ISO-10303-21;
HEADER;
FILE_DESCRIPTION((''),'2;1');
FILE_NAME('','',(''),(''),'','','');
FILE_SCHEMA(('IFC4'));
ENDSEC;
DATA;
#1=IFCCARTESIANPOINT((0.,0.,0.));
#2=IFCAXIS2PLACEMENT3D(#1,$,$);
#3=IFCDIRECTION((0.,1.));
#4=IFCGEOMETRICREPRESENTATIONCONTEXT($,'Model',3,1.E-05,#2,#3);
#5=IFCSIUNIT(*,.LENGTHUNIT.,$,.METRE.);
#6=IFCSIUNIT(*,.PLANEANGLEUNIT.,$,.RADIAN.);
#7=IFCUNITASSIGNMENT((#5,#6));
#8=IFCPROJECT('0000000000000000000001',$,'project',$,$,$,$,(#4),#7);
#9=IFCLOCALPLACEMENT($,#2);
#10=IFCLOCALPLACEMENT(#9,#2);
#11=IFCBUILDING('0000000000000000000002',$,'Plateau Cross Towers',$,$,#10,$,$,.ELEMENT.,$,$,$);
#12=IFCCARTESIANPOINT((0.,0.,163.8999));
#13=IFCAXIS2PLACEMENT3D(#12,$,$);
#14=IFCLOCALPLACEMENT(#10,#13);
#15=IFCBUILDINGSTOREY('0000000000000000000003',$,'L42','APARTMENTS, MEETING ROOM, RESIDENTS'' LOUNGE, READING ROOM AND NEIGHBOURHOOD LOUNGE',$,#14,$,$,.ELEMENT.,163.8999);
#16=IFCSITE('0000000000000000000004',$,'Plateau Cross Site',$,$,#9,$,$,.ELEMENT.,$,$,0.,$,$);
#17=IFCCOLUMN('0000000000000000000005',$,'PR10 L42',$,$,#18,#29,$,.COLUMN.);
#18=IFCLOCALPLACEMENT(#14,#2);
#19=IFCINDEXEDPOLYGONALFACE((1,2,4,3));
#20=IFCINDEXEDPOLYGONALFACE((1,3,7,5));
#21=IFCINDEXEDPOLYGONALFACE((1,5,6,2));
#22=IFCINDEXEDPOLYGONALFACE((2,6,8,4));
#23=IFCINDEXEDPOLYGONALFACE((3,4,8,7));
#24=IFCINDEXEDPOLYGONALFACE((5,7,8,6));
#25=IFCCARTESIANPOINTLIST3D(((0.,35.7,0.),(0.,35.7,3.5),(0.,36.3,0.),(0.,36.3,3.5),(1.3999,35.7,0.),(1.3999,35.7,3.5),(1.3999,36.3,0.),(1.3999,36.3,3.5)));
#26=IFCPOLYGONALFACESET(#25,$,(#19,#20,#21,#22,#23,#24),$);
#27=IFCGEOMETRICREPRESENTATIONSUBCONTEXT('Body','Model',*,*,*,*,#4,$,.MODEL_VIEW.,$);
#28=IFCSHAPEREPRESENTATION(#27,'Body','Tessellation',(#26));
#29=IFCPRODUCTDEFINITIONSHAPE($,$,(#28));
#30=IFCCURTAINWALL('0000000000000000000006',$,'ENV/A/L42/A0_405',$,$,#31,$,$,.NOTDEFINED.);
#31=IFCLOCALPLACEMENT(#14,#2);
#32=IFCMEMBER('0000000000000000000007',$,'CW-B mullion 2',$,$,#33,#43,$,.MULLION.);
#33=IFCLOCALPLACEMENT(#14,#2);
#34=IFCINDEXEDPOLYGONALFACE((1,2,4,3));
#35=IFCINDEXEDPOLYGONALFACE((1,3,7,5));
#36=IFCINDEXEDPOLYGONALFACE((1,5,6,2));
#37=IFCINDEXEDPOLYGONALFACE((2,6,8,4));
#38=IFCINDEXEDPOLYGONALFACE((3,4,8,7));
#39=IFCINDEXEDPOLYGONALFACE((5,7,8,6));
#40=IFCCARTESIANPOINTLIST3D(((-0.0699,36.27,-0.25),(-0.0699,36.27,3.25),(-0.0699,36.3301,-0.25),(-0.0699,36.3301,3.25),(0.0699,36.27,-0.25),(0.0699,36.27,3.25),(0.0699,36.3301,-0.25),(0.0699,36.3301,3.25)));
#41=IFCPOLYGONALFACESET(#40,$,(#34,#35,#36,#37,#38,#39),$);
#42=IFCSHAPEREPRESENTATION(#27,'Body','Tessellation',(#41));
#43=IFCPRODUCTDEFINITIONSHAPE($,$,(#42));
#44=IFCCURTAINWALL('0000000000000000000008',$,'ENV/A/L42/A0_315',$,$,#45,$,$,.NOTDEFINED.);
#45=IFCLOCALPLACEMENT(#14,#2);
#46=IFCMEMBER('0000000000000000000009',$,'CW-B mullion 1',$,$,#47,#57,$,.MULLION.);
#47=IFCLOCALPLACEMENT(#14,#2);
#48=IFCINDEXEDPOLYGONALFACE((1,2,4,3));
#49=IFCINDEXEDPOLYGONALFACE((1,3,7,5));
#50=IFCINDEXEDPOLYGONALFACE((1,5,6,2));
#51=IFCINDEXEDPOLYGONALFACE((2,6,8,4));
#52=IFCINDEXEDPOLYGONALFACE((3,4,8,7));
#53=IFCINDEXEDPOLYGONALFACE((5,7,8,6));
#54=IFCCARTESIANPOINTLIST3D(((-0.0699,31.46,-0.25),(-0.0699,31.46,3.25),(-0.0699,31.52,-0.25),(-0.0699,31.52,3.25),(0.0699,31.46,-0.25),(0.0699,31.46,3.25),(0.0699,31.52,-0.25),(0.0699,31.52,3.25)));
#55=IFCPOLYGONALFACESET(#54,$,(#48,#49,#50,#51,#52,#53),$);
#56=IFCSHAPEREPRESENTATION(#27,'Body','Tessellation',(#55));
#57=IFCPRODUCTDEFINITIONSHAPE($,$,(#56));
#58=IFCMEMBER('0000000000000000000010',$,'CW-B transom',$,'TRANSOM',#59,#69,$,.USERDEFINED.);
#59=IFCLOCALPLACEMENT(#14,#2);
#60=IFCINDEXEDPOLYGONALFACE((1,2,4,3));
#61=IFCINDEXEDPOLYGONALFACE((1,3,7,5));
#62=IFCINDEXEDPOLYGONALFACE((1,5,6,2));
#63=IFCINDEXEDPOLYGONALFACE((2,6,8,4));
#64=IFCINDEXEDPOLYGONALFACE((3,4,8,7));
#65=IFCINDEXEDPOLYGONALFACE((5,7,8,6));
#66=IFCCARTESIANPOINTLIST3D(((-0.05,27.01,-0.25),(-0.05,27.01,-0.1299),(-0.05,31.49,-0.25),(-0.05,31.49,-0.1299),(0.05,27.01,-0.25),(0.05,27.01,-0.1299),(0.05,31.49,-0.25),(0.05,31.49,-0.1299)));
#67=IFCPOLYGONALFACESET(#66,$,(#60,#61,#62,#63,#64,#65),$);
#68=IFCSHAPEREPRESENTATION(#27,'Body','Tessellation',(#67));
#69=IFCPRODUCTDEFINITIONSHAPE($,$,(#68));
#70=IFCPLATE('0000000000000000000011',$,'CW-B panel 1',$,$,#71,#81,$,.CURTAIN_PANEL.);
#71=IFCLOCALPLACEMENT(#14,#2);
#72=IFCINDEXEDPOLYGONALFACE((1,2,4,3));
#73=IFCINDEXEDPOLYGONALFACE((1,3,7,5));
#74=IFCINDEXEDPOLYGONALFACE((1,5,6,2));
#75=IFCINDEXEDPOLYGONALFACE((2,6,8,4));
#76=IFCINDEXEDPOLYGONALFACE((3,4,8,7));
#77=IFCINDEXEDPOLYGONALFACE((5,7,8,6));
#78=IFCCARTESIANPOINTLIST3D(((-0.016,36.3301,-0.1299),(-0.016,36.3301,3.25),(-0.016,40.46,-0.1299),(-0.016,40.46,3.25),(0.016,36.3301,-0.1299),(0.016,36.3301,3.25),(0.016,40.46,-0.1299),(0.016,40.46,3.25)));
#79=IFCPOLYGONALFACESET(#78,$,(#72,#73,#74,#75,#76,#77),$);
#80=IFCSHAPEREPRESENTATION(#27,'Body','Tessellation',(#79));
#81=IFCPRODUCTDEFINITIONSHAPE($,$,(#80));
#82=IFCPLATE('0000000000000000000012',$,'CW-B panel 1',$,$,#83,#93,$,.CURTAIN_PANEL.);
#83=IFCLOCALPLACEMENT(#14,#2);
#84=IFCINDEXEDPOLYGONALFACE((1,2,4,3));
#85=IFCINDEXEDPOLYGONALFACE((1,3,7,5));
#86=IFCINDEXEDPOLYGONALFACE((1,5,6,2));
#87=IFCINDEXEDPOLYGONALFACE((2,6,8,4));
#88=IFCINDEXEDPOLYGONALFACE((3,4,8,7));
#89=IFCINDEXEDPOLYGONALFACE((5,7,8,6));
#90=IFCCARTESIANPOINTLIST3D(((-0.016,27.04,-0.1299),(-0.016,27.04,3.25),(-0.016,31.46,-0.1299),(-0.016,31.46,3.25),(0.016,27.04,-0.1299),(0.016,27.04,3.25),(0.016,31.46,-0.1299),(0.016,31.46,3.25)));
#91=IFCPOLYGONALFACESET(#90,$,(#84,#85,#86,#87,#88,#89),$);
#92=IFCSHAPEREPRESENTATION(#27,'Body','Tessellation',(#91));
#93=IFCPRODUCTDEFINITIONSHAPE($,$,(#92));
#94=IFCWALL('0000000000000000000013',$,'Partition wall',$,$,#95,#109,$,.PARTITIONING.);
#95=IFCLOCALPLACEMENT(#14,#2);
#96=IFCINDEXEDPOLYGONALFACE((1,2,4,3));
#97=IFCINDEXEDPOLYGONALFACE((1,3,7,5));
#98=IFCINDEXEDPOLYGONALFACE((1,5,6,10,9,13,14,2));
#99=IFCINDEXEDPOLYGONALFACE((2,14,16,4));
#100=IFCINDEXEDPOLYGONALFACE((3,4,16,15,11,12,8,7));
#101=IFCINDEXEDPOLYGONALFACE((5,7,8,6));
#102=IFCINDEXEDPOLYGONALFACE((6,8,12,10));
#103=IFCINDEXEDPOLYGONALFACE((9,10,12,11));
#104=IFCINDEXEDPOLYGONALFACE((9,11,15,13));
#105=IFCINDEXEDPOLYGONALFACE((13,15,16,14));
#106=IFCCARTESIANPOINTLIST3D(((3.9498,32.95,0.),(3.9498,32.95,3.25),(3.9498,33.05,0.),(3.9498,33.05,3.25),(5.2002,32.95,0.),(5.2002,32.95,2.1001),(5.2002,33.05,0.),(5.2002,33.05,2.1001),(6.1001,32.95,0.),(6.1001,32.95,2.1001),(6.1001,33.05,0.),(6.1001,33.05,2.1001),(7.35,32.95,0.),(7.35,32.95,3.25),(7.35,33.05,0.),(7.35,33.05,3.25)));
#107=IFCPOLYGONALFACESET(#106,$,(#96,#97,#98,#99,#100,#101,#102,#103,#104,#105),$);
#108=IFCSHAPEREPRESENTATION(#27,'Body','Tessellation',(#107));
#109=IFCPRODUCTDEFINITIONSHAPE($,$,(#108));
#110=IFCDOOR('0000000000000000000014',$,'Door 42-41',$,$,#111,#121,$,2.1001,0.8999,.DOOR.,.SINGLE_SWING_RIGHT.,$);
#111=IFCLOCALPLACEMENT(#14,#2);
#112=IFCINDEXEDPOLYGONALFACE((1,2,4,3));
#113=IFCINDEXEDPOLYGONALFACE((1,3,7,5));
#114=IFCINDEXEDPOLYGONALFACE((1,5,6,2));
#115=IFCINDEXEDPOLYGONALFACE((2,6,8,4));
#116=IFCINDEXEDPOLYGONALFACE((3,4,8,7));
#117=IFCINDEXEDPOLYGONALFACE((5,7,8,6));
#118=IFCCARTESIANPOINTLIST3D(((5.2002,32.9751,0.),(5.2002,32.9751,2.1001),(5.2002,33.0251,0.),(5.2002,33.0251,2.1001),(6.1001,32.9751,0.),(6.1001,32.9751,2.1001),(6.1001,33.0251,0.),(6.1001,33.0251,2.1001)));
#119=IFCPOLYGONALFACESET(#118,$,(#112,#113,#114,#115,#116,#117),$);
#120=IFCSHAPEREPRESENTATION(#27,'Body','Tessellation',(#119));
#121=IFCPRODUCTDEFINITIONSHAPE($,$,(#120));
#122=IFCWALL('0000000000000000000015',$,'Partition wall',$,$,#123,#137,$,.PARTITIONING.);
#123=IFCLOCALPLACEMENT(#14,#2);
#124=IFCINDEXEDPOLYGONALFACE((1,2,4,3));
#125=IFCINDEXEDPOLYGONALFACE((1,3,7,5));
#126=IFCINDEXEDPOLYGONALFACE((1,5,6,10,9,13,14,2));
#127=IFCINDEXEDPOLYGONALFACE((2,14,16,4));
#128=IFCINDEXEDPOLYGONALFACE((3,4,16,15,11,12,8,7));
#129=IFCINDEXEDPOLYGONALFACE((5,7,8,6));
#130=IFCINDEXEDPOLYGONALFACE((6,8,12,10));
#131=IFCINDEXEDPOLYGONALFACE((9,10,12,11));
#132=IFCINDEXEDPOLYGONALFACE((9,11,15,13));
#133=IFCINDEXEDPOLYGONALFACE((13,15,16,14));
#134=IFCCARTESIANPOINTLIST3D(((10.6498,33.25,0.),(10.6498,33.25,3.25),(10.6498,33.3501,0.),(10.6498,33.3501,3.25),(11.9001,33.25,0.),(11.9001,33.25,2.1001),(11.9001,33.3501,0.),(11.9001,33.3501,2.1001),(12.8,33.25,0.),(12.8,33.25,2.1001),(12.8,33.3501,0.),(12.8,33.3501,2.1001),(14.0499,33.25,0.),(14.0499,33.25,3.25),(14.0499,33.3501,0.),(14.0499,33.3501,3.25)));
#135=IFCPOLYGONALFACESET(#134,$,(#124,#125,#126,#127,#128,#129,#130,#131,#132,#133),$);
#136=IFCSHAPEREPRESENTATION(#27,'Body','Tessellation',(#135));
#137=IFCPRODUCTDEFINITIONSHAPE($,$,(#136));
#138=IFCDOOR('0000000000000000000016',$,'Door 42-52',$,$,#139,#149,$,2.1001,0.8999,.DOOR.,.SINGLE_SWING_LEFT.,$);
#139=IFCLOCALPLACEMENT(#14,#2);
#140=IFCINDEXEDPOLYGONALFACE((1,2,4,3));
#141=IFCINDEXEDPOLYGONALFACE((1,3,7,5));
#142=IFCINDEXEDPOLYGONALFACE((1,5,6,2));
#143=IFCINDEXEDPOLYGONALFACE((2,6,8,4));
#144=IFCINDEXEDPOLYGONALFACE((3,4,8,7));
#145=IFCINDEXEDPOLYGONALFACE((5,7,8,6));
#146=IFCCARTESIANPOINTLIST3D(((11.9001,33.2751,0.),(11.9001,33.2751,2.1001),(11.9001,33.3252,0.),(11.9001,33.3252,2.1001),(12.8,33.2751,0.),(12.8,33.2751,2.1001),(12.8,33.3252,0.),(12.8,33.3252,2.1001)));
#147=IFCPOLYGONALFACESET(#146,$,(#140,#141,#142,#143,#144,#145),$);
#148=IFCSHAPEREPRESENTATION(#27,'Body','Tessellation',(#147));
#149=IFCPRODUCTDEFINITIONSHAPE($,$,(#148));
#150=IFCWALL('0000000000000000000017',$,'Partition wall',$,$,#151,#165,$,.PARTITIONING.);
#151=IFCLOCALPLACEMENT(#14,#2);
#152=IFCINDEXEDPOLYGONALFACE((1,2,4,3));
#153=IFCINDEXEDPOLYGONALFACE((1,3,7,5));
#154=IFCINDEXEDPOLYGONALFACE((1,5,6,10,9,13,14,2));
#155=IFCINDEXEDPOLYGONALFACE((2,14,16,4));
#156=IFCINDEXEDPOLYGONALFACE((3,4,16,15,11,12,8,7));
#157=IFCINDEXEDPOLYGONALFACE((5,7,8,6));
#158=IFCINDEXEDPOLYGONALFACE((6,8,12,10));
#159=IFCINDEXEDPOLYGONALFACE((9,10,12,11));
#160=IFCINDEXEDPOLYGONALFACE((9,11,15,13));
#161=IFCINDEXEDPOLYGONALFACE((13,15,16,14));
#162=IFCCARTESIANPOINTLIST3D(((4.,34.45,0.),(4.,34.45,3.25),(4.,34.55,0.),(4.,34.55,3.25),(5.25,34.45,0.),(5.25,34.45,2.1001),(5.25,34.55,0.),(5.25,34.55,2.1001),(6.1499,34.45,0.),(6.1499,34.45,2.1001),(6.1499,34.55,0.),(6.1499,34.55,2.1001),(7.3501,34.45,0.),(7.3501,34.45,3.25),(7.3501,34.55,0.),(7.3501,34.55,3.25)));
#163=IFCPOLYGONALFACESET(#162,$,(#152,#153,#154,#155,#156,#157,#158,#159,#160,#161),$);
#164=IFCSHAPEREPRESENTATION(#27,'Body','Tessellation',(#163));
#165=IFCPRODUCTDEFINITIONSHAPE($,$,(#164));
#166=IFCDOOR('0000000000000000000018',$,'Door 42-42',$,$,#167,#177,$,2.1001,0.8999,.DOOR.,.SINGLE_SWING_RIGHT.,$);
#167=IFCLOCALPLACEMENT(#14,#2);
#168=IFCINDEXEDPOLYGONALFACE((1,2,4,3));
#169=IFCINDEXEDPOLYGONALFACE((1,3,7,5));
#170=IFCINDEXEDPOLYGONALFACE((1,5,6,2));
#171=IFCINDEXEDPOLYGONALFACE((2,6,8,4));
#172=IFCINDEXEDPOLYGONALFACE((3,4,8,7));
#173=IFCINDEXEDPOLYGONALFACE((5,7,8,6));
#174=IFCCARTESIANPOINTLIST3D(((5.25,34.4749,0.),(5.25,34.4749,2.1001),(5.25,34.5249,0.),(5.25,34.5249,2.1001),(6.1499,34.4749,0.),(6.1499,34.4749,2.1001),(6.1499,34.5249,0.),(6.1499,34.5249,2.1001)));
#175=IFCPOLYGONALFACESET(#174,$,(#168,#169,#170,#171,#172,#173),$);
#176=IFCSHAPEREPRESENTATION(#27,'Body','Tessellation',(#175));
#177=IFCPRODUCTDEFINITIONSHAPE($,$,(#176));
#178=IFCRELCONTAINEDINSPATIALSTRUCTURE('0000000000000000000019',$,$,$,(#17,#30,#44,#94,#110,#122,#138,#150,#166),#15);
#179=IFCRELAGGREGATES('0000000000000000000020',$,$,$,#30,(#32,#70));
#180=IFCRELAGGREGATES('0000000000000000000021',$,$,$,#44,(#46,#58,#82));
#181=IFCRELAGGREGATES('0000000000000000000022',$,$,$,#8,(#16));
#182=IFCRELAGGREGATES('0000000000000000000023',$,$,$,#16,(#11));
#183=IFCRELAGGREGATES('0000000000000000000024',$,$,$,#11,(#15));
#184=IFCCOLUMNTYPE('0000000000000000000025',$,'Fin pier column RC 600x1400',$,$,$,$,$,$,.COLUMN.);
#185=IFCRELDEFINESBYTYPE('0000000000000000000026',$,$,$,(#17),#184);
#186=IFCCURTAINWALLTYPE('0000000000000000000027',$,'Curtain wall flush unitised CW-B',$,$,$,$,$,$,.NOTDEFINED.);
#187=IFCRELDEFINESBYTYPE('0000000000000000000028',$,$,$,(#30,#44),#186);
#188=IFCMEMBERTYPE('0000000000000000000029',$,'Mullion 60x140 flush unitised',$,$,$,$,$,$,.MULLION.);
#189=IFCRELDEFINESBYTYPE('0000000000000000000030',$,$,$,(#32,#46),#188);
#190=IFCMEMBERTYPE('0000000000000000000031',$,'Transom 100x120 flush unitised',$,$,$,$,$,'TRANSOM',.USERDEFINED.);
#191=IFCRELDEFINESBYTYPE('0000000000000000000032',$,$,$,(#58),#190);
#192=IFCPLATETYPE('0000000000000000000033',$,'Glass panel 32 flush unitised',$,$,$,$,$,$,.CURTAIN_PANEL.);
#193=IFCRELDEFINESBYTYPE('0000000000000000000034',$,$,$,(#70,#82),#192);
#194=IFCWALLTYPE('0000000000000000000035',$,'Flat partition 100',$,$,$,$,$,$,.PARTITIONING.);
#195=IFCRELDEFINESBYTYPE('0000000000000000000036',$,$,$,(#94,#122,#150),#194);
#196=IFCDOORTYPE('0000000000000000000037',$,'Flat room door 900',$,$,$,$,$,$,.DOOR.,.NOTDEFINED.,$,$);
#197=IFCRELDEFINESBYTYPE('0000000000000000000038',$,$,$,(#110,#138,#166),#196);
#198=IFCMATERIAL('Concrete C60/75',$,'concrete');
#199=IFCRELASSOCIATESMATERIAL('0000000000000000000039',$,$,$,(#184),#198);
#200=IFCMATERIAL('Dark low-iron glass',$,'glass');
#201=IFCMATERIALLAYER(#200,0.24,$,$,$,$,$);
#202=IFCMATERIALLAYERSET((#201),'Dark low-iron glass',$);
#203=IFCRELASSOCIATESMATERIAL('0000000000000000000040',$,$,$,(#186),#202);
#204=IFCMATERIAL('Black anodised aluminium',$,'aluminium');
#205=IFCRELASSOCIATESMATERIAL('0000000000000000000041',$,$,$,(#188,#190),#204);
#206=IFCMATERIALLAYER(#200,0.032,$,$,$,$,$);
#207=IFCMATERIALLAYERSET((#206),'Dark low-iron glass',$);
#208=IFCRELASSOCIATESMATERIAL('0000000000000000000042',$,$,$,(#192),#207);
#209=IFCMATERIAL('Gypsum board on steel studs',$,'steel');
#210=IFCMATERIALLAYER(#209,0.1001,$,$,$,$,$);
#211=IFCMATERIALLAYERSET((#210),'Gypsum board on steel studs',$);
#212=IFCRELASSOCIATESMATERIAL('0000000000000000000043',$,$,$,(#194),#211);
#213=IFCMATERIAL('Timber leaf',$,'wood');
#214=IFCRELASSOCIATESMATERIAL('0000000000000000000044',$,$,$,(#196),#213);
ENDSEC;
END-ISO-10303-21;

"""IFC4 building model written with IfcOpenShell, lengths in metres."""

from ifc_helpers import new_model, si_unit, direction, frame, frame_2d, origin, origin_2d, place, context, subcontext, project, spatial, rectangle, extrude, material, layer, layer_set, material_profile, profile_set, type_object, element, fill, aggregate, save


model = new_model("IFC4")

# Units and contexts
model_context = context("Model", 3, precision=1e-05, world=origin(), true_north=direction((0.0, 1.0)))
body_context = subcontext(model_context, "Body", "Model", "MODEL_VIEW")
ifc_project = project(units=[si_unit("LENGTHUNIT", "METRE"), si_unit("PLANEANGLEUNIT", "RADIAN")], contexts=[model_context])

# Site, building, storey
site_placement = place(None, origin())
site = spatial("IfcSite", under=ifc_project, at=site_placement, Name="Plateau Cross Site", CompositionType="ELEMENT", RefElevation=0.0)
building_placement = place(site_placement, origin())
building = spatial("IfcBuilding", under=site, at=building_placement, Name="Plateau Cross Towers", CompositionType="ELEMENT")
storey_placement = place(building_placement, frame((0.0, 0.0, 163.8999)))
storey = spatial("IfcBuildingStorey", under=building, at=storey_placement, Name="L42", Description="APARTMENTS, MEETING ROOM, RESIDENTS' LOUNGE, READING ROOM AND NEIGHBOURHOOD LOUNGE", CompositionType="ELEMENT", Elevation=163.8999)

# Column
ifc_material_1 = material(Name="Concrete C60/75", Category="concrete")
ifc_material_profile_1 = material_profile(ifc_material_1, rectangle(XDim=0.6001, YDim=1.3999, at=origin_2d()), Name="RC 600x1400")
ifc_profile_set_1 = profile_set([ifc_material_profile_1], Name="Concrete C60/75")
column_type = type_object("IfcColumnType", Name="Fin pier column RC 600x1400", PredefinedType="COLUMN", material=ifc_profile_set_1)
column_placement = place(storey_placement, frame((0.7, 36.0, 0.0), z_axis=(0.0, 0.0, 1.0), x_axis=(0.0, 1.0, 0.0)))
element("IfcColumn", 1, at=column_placement, inside=storey, type_object=column_type, Name="PR10 L42", PredefinedType="COLUMN", context=body_context, shape_type="SweptSolid", body=[
    extrude(rectangle(XDim=0.6001, YDim=1.3999, at=origin_2d()), origin(), (0.0, 0.0, 1.0), 3.5),
])

# Curtain wall, member
ifc_material_2 = material(Name="Dark low-iron glass", Category="glass")
ifc_layer_1 = layer(ifc_material_2, 0.24)
ifc_layer_set_1 = layer_set([ifc_layer_1], Name="Dark low-iron glass")
curtain_wall_type = type_object("IfcCurtainWallType", Name="Curtain wall flush unitised CW-B", PredefinedType="NOTDEFINED", material=ifc_layer_set_1)
curtain_wall_1_placement = place(storey_placement, origin())
curtain_wall_1 = element("IfcCurtainWall", 2, at=curtain_wall_1_placement, inside=storey, type_object=curtain_wall_type, Name="ENV/A/L42/A0_405", PredefinedType="NOTDEFINED")
ifc_material_3 = material(Name="Black anodised aluminium", Category="aluminium")
ifc_material_profile_2 = material_profile(ifc_material_3, rectangle(XDim=0.0601, YDim=0.1399, at=origin_2d()), Name="MULLION 60x140")
ifc_profile_set_2 = profile_set([ifc_material_profile_2], Name="Black anodised aluminium")
member_type_1 = type_object("IfcMemberType", Name="Mullion 60x140 flush unitised", PredefinedType="MULLION", material=ifc_profile_set_2)
member_1_placement = place(storey_placement, frame((0.0, 36.3, -0.25), z_axis=(0.0, 0.0, 1.0), x_axis=(0.0, -1.0, 0.0)))
member_1 = element("IfcMember", 3, at=member_1_placement, type_object=member_type_1, Name="CW-B mullion 2", PredefinedType="MULLION", context=body_context, shape_type="SweptSolid", body=[
    extrude(rectangle(XDim=0.0601, YDim=0.1399, at=origin_2d()), origin(), (0.0, 0.0, 1.0), 3.5),
])

# Curtain wall, members
curtain_wall_2_placement = place(storey_placement, origin())
curtain_wall_2 = element("IfcCurtainWall", 4, at=curtain_wall_2_placement, inside=storey, type_object=curtain_wall_type, Name="ENV/A/L42/A0_315", PredefinedType="NOTDEFINED")
member_2_placement = place(storey_placement, frame((0.0, 31.49, -0.25), z_axis=(0.0, 0.0, 1.0), x_axis=(0.0, -1.0, 0.0)))
member_2 = element("IfcMember", 5, at=member_2_placement, type_object=member_type_1, Name="CW-B mullion 1", PredefinedType="MULLION", context=body_context, shape_type="SweptSolid", body=[
    extrude(rectangle(XDim=0.0601, YDim=0.1399, at=origin_2d()), origin(), (0.0, 0.0, 1.0), 3.5),
])
ifc_material_profile_3 = material_profile(ifc_material_3, rectangle(XDim=0.1001, YDim=0.1201, at=origin_2d()), Name="TRANSOM 100x120")
ifc_profile_set_3 = profile_set([ifc_material_profile_3], Name="Black anodised aluminium")
member_type_2 = type_object("IfcMemberType", Name="Transom 100x120 flush unitised", ElementType="TRANSOM", PredefinedType="USERDEFINED", material=ifc_profile_set_3)
member_3_placement = place(storey_placement, frame((0.0, 31.49, -0.1899), z_axis=(0.0, -1.0, 0.0), x_axis=(1.0, 0.0, 0.0)))
member_3 = element("IfcMember", 6, at=member_3_placement, type_object=member_type_2, Name="CW-B transom", ObjectType="TRANSOM", PredefinedType="USERDEFINED", context=body_context, shape_type="SweptSolid", body=[
    extrude(rectangle(XDim=0.1001, YDim=0.1201, at=origin_2d()), origin(), (0.0, 0.0, 1.0), 4.48),
])

# Plates
ifc_layer_2 = layer(ifc_material_2, 0.032)
ifc_layer_set_2 = layer_set([ifc_layer_2], Name="Dark low-iron glass")
plate_type = type_object("IfcPlateType", Name="Glass panel 32 flush unitised", PredefinedType="CURTAIN_PANEL", material=ifc_layer_set_2)
plate_1_placement = place(storey_placement, frame((0.0, 38.395, -0.1299), z_axis=(0.0, 0.0, 1.0), x_axis=(0.0, -1.0, 0.0)))
plate_1 = element("IfcPlate", 7, at=plate_1_placement, type_object=plate_type, Name="CW-B panel 1", PredefinedType="CURTAIN_PANEL", context=body_context, shape_type="SweptSolid", body=[
    extrude(rectangle(XDim=4.1299, YDim=0.032, at=origin_2d()), origin(), (0.0, 0.0, 1.0), 3.3799),
])
aggregate(curtain_wall_1, [member_1, plate_1])
plate_2_placement = place(storey_placement, frame((0.0, 29.25, -0.1299), z_axis=(0.0, 0.0, 1.0), x_axis=(0.0, -1.0, 0.0)))
plate_2 = element("IfcPlate", 8, at=plate_2_placement, type_object=plate_type, Name="CW-B panel 1", PredefinedType="CURTAIN_PANEL", context=body_context, shape_type="SweptSolid", body=[
    extrude(rectangle(XDim=4.4199, YDim=0.032, at=origin_2d()), origin(), (0.0, 0.0, 1.0), 3.3799),
])
aggregate(curtain_wall_2, [member_2, member_3, plate_2])

# Walls, openings, doors
ifc_material_4 = material(Name="Gypsum board on steel studs", Category="steel")
ifc_layer_3 = layer(ifc_material_4, 0.1001)
ifc_layer_set_3 = layer_set([ifc_layer_3], Name="Gypsum board on steel studs")
wall_type_1 = type_object("IfcWallType", Name="Flat partition 100", PredefinedType="PARTITIONING", material=ifc_layer_set_3)
wall_1_placement = place(storey_placement, frame((7.3501, 33.0, 0.0), z_axis=(0.0, 0.0, 1.0), x_axis=(-1.0, 0.0, 0.0)))
wall_1 = element("IfcWall", 9, at=wall_1_placement, inside=storey, type_object=wall_type_1, Name="Partition wall", PredefinedType="PARTITIONING", context=body_context, shape_type="SweptSolid", body=[
    extrude(rectangle(XDim=3.4001, YDim=0.1001, at=frame_2d((1.7002, 0.0))), origin(), (0.0, 0.0, 1.0), 3.25),
])
opening_1_placement = place(wall_1_placement, frame((1.25, 0.0, 0.0)))
opening_1 = element("IfcOpeningElement", 10, at=opening_1_placement, cuts=wall_1, PredefinedType="OPENING", context=body_context, shape_type="SweptSolid", body=[
    extrude(rectangle(XDim=0.8999, YDim=2.1001, at=frame_2d((0.45, 1.05))), frame((0.0, 0.0601, 0.0), z_axis=(0.0, -1.0, 0.0), x_axis=(1.0, 0.0, 0.0)), (0.0, 0.0, 1.0), 0.1201),
])
ifc_material_5 = material(Name="Timber leaf", Category="wood")
door_type_1 = type_object("IfcDoorType", Name="Flat room door 900", OperationType="NOTDEFINED", PredefinedType="DOOR", material=ifc_material_5)
door_1_placement = place(opening_1_placement, origin())
door_1 = element("IfcDoor", 11, at=door_1_placement, inside=storey, type_object=door_type_1, Name="Door 42-41", OperationType="SINGLE_SWING_RIGHT", OverallHeight=2.1001, OverallWidth=0.8999, PredefinedType="DOOR", context=body_context, shape_type="SweptSolid", body=[
    extrude(rectangle(XDim=0.8999, YDim=2.1001, at=frame_2d((0.45, 1.05))), frame((0.0, 0.0249, 0.0), z_axis=(0.0, -1.0, 0.0), x_axis=(1.0, 0.0, 0.0)), (0.0, 0.0, 1.0), 0.05),
])
fill(opening_1, door_1)
wall_2_placement = place(storey_placement, frame((14.05, 33.3, 0.0), z_axis=(0.0, 0.0, 1.0), x_axis=(-1.0, 0.0, 0.0)))
wall_2 = element("IfcWall", 12, at=wall_2_placement, inside=storey, type_object=wall_type_1, Name="Partition wall", PredefinedType="PARTITIONING", context=body_context, shape_type="SweptSolid", body=[
    extrude(rectangle(XDim=3.4001, YDim=0.1001, at=frame_2d((1.7002, 0.0))), origin(), (0.0, 0.0, 1.0), 3.25),
])
opening_2_placement = place(wall_2_placement, frame((1.25, 0.0, 0.0)))
opening_2 = element("IfcOpeningElement", 13, at=opening_2_placement, cuts=wall_2, PredefinedType="OPENING", context=body_context, shape_type="SweptSolid", body=[
    extrude(rectangle(XDim=0.8999, YDim=2.1001, at=frame_2d((0.45, 1.05))), frame((0.0, 0.0601, 0.0), z_axis=(0.0, -1.0, 0.0), x_axis=(1.0, 0.0, 0.0)), (0.0, 0.0, 1.0), 0.1201),
])
door_2_placement = place(opening_2_placement, origin())
door_2 = element("IfcDoor", 14, at=door_2_placement, inside=storey, type_object=door_type_1, Name="Door 42-52", OperationType="SINGLE_SWING_LEFT", OverallHeight=2.1001, OverallWidth=0.8999, PredefinedType="DOOR", context=body_context, shape_type="SweptSolid", body=[
    extrude(rectangle(XDim=0.8999, YDim=2.1001, at=frame_2d((0.45, 1.05))), frame((0.0, 0.0249, 0.0), z_axis=(0.0, -1.0, 0.0), x_axis=(1.0, 0.0, 0.0)), (0.0, 0.0, 1.0), 0.05),
])
fill(opening_2, door_2)
wall_3_placement = place(storey_placement, frame((4.0, 34.5, 0.0), z_axis=(0.0, 0.0, 1.0), x_axis=(1.0, 0.0, 0.0)))
wall_3 = element("IfcWall", 15, at=wall_3_placement, inside=storey, type_object=wall_type_1, Name="Partition wall", PredefinedType="PARTITIONING", context=body_context, shape_type="SweptSolid", body=[
    extrude(rectangle(XDim=3.3501, YDim=0.1001, at=frame_2d((1.675, 0.0))), origin(), (0.0, 0.0, 1.0), 3.25),
])
opening_3_placement = place(wall_3_placement, frame((1.25, 0.0, 0.0)))
opening_3 = element("IfcOpeningElement", 16, at=opening_3_placement, cuts=wall_3, PredefinedType="OPENING", context=body_context, shape_type="SweptSolid", body=[
    extrude(rectangle(XDim=0.8999, YDim=2.1001, at=frame_2d((0.45, 1.05))), frame((0.0, 0.0601, 0.0), z_axis=(0.0, -1.0, 0.0), x_axis=(1.0, 0.0, 0.0)), (0.0, 0.0, 1.0), 0.1201),
])
door_3_placement = place(opening_3_placement, origin())
door_3 = element("IfcDoor", 17, at=door_3_placement, inside=storey, type_object=door_type_1, Name="Door 42-42", OperationType="SINGLE_SWING_RIGHT", OverallHeight=2.1001, OverallWidth=0.8999, PredefinedType="DOOR", context=body_context, shape_type="SweptSolid", body=[
    extrude(rectangle(XDim=0.8999, YDim=2.1001, at=frame_2d((0.45, 1.05))), frame((0.0, 0.0249, 0.0), z_axis=(0.0, -1.0, 0.0), x_axis=(1.0, 0.0, 0.0)), (0.0, 0.0, 1.0), 0.05),
])
fill(opening_3, door_3)

save(model, "model.ifc")
